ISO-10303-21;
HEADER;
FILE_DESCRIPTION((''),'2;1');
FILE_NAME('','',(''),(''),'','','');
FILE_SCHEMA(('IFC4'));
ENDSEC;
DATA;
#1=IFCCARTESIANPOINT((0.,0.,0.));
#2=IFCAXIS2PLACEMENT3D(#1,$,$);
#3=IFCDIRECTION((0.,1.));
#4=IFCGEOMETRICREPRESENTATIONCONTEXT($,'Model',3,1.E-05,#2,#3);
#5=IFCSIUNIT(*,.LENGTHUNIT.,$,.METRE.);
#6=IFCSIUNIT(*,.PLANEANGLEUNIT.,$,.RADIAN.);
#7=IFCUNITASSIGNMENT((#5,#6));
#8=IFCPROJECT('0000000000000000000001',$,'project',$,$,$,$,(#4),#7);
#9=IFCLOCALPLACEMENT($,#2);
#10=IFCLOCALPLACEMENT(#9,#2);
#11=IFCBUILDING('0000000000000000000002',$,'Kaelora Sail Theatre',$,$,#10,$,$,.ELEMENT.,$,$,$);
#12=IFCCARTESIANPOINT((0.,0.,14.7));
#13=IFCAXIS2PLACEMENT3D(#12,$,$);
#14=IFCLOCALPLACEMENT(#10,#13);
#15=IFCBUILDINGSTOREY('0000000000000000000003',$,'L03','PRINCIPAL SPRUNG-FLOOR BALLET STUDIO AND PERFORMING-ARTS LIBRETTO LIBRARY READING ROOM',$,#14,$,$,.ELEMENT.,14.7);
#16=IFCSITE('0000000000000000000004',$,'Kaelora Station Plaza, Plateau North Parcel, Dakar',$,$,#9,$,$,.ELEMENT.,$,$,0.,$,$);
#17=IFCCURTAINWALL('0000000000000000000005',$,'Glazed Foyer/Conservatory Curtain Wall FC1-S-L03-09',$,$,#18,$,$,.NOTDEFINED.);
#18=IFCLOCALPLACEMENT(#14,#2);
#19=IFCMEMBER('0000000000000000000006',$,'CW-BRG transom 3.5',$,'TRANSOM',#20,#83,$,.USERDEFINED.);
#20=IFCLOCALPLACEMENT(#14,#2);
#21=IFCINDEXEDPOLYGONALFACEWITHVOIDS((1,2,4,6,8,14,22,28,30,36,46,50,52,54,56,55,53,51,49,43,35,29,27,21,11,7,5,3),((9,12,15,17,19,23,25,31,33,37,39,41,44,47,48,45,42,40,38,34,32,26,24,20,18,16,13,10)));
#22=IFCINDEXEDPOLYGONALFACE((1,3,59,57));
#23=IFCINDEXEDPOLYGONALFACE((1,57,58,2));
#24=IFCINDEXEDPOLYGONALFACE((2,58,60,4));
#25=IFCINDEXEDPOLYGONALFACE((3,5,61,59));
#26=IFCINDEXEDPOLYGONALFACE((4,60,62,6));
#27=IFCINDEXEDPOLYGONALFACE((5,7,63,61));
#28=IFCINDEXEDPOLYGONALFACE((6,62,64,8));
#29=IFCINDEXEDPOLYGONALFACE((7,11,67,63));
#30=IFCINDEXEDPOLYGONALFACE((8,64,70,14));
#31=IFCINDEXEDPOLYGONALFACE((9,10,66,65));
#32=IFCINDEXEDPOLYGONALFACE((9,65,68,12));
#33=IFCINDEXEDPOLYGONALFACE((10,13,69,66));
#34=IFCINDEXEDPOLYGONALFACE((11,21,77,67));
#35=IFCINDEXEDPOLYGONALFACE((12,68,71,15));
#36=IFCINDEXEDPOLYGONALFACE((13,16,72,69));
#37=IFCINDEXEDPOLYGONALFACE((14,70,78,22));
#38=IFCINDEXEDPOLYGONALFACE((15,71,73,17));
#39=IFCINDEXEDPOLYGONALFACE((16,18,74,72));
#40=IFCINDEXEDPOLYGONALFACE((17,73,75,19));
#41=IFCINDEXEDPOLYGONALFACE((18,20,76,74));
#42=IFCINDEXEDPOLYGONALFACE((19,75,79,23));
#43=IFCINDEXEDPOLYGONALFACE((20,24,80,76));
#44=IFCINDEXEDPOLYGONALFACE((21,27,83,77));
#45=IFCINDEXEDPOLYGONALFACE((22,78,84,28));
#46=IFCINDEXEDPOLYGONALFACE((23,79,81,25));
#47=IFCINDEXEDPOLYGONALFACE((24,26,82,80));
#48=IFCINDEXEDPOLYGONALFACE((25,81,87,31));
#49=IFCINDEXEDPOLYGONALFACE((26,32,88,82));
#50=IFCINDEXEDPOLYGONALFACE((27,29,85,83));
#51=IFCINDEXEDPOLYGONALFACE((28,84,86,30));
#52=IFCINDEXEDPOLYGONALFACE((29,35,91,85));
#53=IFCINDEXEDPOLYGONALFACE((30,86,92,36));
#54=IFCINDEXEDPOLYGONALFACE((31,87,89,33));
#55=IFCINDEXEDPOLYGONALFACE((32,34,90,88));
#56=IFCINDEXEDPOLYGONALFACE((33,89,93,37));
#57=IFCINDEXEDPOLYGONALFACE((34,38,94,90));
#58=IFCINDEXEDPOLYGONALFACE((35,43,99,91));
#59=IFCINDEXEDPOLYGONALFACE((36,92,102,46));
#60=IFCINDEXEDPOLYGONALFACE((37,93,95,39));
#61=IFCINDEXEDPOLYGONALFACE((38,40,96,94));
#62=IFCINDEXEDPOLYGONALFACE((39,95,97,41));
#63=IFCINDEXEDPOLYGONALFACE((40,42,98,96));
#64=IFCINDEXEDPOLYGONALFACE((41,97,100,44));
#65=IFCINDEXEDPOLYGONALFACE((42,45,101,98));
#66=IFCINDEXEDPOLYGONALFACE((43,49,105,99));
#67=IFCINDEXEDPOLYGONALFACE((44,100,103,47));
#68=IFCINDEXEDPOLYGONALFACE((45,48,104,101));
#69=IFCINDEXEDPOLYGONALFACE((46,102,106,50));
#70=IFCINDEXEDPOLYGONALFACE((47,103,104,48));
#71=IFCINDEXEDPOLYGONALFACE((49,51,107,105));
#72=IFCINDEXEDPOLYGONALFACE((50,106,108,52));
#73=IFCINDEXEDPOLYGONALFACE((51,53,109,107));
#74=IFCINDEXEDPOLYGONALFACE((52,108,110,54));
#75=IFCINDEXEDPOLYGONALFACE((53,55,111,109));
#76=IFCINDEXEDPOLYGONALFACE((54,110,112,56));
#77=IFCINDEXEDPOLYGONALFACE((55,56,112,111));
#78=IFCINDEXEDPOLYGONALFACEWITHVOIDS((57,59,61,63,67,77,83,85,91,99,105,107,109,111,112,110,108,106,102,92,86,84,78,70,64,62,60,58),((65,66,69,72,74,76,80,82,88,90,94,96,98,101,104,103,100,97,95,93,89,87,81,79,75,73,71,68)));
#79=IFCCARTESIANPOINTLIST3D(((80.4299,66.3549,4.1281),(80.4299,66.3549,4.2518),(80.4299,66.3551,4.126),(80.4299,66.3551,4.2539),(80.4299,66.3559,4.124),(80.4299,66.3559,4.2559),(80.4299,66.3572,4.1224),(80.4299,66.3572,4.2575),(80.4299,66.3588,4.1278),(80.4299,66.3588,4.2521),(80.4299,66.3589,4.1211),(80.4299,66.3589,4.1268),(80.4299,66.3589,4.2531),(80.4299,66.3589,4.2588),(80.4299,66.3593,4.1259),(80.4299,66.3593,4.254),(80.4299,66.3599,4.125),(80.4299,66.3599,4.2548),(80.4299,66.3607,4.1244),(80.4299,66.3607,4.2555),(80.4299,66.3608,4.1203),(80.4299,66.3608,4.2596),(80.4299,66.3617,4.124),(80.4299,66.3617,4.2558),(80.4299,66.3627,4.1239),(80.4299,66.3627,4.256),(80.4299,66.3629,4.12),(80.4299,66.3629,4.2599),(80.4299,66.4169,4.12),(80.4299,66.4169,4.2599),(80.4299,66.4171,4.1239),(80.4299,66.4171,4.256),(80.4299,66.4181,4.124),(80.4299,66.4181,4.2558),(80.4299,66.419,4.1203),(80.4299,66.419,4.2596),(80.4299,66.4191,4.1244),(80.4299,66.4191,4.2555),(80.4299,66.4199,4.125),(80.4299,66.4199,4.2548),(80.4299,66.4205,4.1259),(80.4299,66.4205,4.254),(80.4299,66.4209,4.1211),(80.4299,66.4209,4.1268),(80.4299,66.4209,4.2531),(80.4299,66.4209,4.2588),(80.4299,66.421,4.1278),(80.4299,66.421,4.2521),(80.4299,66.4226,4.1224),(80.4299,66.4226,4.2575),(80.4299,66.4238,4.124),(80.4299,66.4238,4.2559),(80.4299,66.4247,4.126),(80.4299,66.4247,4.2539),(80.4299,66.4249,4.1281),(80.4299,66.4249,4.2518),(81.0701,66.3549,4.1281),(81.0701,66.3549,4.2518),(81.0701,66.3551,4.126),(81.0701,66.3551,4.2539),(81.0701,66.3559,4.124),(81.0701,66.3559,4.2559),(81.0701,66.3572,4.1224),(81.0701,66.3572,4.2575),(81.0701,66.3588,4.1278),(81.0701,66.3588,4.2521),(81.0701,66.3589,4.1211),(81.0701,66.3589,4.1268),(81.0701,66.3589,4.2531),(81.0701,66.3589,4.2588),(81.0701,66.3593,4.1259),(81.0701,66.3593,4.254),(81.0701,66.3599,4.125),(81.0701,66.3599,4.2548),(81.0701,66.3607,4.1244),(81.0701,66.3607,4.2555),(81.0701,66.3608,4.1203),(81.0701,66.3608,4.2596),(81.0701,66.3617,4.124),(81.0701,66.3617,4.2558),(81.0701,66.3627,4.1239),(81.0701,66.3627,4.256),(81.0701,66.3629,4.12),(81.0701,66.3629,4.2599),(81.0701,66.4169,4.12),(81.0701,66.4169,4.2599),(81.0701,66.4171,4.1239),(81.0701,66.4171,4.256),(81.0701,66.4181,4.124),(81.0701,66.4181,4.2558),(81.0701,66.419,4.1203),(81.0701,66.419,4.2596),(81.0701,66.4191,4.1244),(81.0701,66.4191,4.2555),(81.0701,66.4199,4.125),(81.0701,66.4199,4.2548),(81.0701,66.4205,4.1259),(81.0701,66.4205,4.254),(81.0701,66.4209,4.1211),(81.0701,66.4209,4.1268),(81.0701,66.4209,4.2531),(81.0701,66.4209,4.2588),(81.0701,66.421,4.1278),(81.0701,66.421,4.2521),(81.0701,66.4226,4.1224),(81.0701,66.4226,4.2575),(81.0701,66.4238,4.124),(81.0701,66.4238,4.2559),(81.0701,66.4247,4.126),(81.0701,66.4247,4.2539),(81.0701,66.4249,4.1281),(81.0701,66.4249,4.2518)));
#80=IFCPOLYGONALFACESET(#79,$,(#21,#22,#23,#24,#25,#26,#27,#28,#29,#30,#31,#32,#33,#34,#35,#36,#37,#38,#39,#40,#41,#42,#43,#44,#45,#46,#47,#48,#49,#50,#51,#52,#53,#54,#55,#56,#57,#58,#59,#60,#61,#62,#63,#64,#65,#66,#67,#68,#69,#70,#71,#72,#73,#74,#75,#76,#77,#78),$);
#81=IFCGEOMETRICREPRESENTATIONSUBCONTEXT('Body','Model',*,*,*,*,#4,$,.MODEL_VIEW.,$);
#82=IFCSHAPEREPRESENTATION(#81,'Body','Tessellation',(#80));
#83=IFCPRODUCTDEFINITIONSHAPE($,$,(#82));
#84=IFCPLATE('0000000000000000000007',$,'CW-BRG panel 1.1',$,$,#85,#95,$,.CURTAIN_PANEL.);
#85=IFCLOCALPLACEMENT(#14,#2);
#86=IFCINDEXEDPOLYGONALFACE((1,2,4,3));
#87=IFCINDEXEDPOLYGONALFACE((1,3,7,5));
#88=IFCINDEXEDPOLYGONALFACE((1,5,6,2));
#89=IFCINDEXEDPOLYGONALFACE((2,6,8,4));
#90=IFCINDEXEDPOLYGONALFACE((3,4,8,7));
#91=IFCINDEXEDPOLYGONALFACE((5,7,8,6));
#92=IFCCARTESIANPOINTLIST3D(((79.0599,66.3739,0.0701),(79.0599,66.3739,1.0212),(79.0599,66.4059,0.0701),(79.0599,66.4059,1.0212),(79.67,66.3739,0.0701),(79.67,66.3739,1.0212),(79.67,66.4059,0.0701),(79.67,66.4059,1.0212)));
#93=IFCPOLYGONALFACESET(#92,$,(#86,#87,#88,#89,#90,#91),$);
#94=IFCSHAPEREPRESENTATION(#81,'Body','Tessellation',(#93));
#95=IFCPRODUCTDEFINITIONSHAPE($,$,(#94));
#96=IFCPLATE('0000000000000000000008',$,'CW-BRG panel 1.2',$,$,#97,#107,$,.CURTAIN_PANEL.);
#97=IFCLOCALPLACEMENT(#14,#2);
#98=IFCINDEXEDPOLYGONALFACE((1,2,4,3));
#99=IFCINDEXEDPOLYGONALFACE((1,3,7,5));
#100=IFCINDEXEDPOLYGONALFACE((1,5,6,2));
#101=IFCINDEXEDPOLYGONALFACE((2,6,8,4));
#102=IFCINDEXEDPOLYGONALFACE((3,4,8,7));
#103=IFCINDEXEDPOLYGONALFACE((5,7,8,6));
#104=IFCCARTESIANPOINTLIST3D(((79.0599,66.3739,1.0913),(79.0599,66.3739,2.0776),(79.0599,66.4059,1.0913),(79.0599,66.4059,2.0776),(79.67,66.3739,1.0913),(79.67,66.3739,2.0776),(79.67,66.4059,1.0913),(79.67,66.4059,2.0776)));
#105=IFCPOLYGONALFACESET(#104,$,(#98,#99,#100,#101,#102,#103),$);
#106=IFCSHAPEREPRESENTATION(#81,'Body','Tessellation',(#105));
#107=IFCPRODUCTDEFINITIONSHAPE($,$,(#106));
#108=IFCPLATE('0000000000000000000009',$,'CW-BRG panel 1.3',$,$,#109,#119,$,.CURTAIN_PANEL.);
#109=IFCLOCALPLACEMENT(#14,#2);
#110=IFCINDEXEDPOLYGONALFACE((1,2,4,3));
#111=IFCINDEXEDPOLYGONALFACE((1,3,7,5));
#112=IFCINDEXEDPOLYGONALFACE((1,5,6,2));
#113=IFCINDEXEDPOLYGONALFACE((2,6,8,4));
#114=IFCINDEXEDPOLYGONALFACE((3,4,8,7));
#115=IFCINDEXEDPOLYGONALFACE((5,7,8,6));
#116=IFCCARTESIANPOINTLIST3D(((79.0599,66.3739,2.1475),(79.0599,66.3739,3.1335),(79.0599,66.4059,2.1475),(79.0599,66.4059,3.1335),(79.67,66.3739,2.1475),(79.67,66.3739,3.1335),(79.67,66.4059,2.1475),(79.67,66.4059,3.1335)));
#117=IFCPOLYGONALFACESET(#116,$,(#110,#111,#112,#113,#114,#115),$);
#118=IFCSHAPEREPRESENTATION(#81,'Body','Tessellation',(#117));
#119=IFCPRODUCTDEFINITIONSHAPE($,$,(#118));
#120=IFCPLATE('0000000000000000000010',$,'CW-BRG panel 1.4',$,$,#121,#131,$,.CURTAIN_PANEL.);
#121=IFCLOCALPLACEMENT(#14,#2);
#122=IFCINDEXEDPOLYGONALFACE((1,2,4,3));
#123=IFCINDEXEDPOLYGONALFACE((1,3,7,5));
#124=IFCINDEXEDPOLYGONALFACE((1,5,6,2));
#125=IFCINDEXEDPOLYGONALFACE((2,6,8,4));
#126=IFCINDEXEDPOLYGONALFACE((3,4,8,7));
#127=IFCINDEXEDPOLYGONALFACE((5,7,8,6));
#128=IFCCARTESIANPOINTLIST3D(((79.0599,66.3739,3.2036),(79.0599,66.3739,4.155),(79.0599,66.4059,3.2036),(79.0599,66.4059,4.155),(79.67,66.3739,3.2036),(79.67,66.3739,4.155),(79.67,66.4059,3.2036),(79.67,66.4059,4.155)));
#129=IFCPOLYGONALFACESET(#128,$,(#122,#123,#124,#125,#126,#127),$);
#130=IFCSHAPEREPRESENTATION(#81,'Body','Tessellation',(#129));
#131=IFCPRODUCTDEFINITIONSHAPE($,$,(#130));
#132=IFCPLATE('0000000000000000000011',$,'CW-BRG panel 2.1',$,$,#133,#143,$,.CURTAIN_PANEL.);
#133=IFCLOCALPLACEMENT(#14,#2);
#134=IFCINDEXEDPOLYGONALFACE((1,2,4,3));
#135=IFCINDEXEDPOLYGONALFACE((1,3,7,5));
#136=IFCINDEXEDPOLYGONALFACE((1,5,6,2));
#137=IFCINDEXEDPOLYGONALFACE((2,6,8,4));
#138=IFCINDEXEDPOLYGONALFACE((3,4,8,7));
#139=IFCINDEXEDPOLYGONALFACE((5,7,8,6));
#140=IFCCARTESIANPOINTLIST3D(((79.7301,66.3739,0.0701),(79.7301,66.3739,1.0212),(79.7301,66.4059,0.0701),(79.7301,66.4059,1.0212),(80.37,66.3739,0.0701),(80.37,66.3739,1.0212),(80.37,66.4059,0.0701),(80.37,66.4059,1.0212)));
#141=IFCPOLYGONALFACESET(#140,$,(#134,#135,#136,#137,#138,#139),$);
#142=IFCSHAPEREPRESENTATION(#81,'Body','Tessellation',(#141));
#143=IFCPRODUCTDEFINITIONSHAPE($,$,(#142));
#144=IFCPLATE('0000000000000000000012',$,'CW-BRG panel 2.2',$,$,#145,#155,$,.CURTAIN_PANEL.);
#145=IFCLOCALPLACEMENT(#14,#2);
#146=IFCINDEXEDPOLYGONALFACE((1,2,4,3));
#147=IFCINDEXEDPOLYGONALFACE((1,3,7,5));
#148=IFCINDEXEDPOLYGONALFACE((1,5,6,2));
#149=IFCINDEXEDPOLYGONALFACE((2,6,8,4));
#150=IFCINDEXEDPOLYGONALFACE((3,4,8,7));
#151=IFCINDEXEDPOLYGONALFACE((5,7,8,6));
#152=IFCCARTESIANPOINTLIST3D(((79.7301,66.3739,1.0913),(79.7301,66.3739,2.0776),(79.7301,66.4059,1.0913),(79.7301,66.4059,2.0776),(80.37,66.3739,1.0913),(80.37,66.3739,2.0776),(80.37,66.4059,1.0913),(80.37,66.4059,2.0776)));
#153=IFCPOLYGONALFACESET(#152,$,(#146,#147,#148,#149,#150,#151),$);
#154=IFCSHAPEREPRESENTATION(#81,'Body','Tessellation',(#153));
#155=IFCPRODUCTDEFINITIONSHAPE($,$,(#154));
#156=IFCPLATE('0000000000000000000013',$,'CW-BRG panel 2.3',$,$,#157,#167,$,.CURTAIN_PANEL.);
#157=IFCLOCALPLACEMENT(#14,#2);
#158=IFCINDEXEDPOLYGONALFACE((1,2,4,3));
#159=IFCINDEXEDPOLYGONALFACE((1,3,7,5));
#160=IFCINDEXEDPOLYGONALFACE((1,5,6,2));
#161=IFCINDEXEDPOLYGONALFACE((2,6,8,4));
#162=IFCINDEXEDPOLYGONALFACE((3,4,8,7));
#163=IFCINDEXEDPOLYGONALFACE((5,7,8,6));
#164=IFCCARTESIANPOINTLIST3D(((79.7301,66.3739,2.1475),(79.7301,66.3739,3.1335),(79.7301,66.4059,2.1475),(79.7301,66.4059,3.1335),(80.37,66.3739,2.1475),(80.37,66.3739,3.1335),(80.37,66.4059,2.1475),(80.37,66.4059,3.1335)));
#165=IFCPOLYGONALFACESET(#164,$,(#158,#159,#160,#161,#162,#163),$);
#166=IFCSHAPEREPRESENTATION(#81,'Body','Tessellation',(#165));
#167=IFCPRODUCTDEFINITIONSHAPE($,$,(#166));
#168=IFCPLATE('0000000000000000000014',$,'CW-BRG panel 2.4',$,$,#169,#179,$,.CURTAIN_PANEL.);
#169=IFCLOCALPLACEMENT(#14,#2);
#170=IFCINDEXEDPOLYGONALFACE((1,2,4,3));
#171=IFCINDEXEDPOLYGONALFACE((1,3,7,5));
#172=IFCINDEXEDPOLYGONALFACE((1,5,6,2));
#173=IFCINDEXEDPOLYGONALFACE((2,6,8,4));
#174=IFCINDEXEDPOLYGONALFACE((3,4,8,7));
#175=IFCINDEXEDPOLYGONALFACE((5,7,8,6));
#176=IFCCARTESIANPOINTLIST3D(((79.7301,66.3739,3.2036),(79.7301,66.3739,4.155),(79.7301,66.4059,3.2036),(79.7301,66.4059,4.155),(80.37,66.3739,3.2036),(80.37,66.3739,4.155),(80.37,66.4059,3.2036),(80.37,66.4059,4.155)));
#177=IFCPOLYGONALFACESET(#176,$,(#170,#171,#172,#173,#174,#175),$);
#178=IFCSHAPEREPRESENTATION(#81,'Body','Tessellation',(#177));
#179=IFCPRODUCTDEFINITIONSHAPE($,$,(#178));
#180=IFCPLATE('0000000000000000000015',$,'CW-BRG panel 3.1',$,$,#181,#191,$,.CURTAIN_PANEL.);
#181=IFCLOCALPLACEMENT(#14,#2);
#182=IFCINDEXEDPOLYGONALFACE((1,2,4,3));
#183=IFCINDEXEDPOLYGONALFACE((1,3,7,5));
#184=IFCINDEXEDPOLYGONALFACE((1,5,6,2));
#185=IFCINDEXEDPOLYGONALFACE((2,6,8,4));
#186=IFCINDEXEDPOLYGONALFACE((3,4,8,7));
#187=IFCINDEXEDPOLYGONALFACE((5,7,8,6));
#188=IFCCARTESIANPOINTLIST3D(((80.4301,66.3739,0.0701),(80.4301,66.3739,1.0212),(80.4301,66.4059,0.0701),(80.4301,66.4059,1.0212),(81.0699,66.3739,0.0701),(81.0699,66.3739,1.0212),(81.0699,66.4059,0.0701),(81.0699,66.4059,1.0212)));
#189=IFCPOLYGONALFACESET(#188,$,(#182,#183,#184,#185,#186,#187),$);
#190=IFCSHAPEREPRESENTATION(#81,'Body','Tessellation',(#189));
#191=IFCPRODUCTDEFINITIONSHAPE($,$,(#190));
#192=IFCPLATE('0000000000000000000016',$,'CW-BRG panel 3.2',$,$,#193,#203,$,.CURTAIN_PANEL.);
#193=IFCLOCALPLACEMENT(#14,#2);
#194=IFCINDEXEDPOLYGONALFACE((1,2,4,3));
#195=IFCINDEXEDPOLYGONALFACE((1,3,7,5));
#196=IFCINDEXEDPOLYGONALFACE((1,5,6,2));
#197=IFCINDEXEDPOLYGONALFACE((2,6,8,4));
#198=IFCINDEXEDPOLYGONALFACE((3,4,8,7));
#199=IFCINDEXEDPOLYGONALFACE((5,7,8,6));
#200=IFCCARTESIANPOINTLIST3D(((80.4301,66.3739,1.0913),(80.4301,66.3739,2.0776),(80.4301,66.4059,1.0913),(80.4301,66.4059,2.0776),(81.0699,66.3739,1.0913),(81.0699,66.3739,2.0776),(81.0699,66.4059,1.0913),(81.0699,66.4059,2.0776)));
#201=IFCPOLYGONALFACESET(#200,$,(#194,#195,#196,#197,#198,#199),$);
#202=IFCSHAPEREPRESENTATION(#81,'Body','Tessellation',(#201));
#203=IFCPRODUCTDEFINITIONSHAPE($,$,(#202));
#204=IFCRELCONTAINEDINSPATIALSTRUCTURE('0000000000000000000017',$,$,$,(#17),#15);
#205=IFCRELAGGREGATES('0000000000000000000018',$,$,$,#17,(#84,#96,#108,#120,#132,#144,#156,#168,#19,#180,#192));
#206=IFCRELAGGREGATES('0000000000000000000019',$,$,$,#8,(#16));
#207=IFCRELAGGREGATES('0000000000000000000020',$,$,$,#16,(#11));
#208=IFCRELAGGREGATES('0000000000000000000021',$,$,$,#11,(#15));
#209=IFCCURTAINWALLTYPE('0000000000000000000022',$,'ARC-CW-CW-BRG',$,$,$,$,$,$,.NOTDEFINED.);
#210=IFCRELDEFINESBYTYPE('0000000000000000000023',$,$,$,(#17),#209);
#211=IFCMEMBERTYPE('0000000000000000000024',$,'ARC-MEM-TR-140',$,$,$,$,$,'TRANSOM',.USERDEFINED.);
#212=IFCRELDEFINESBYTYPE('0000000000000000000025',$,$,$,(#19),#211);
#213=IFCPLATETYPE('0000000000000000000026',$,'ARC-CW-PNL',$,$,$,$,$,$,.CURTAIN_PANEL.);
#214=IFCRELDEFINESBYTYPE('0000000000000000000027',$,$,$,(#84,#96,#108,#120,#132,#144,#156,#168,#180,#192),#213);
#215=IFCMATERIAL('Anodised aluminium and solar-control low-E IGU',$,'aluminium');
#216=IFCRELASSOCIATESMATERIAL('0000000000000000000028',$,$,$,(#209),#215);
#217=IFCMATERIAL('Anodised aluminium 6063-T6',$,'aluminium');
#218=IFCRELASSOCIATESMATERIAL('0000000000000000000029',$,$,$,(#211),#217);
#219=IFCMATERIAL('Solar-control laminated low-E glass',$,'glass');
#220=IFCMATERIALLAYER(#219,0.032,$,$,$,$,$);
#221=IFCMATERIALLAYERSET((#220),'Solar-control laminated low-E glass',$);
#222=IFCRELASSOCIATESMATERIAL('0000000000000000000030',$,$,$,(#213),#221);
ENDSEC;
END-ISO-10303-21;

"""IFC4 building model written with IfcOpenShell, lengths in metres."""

from ifc_helpers import new_model, si_unit, direction, frame, origin, origin_2d, place, context, subcontext, project, spatial, rectangle, hollow_rectangle, extrude, material, layer, layer_set, material_profile, profile_set, type_object, element, aggregate, save


model = new_model("IFC4")

# Units and contexts
model_context = context("Model", 3, precision=1e-05, world=origin(), true_north=direction((0.0, 1.0)))
body_context = subcontext(model_context, "Body", "Model", "MODEL_VIEW")
ifc_project = project(units=[si_unit("LENGTHUNIT", "METRE"), si_unit("PLANEANGLEUNIT", "RADIAN")], contexts=[model_context])

# Site, building, storey
site_placement = place(None, origin())
site = spatial("IfcSite", under=ifc_project, at=site_placement, Name="Kaelora Station Plaza, Plateau North Parcel, Dakar", CompositionType="ELEMENT", RefElevation=0.0)
building_placement = place(site_placement, origin())
building = spatial("IfcBuilding", under=site, at=building_placement, Name="Kaelora Sail Theatre", CompositionType="ELEMENT")
storey_placement = place(building_placement, frame((0.0, 0.0, 14.7)))
storey = spatial("IfcBuildingStorey", under=building, at=storey_placement, Name="L03", Description="PRINCIPAL SPRUNG-FLOOR BALLET STUDIO AND PERFORMING-ARTS LIBRETTO LIBRARY READING ROOM", CompositionType="ELEMENT", Elevation=14.7)

# Curtain wall, member, plates
ifc_material_1 = material(Name="Anodised aluminium and solar-control low-E IGU", Category="aluminium")
curtain_wall_type = type_object("IfcCurtainWallType", Name="ARC-CW-CW-BRG", PredefinedType="NOTDEFINED", material=ifc_material_1)
curtain_wall_placement = place(storey_placement, origin())
curtain_wall = element("IfcCurtainWall", 1, at=curtain_wall_placement, inside=storey, type_object=curtain_wall_type, Name="Glazed Foyer/Conservatory Curtain Wall FC1-S-L03-09", PredefinedType="NOTDEFINED")
ifc_material_2 = material(Name="Anodised aluminium 6063-T6", Category="aluminium")
ifc_material_profile_1 = material_profile(ifc_material_2, hollow_rectangle(XDim=0.0701, YDim=0.1399, WallThickness=0.0039, InnerFilletRadius=0.0039, OuterFilletRadius=0.0081, at=origin_2d()), Name="ALU-TRAN 70x140x4")
ifc_profile_set_1 = profile_set([ifc_material_profile_1], Name="Anodised aluminium 6063-T6")
member_type_1 = type_object("IfcMemberType", Name="ARC-MEM-TR-140", ElementType="TRANSOM", PredefinedType="USERDEFINED", material=ifc_profile_set_1)
member_1_placement = place(storey_placement, frame((80.4299, 66.3899, 4.1899), z_axis=(1.0, 0.0, 0.0), x_axis=(0.0, 1.0, 0.0)))
member_1 = element("IfcMember", 2, at=member_1_placement, type_object=member_type_1, Name="CW-BRG transom 3.5", ObjectType="TRANSOM", PredefinedType="USERDEFINED", context=body_context, shape_type="SweptSolid", body=[
    extrude(hollow_rectangle(XDim=0.0701, YDim=0.1399, WallThickness=0.0039, InnerFilletRadius=0.0039, OuterFilletRadius=0.0081, at=origin_2d()), origin(), (0.0, 0.0, 1.0), 0.6401),
])
ifc_material_3 = material(Name="Solar-control laminated low-E glass", Category="glass")
ifc_layer = layer(ifc_material_3, 0.032)
ifc_layer_set = layer_set([ifc_layer], Name="Solar-control laminated low-E glass")
plate_type = type_object("IfcPlateType", Name="ARC-CW-PNL", PredefinedType="CURTAIN_PANEL", material=ifc_layer_set)
plate_1_placement = place(storey_placement, frame((79.365, 66.3899, 0.0701), z_axis=(0.0, 0.0, 1.0), x_axis=(1.0, 0.0, 0.0)))
plate_1 = element("IfcPlate", 3, at=plate_1_placement, type_object=plate_type, Name="CW-BRG panel 1.1", PredefinedType="CURTAIN_PANEL", context=body_context, shape_type="SweptSolid", body=[
    extrude(rectangle(XDim=0.6101, YDim=0.032, at=origin_2d()), origin(), (0.0, 0.0, 1.0), 0.9512),
])
plate_2_placement = place(storey_placement, frame((79.365, 66.3899, 1.0913), z_axis=(0.0, 0.0, 1.0), x_axis=(1.0, 0.0, 0.0)))
plate_2 = element("IfcPlate", 4, at=plate_2_placement, type_object=plate_type, Name="CW-BRG panel 1.2", PredefinedType="CURTAIN_PANEL", context=body_context, shape_type="SweptSolid", body=[
    extrude(rectangle(XDim=0.6101, YDim=0.032, at=origin_2d()), origin(), (0.0, 0.0, 1.0), 0.9863),
])
plate_3_placement = place(storey_placement, frame((79.365, 66.3899, 2.1475), z_axis=(0.0, 0.0, 1.0), x_axis=(1.0, 0.0, 0.0)))
plate_3 = element("IfcPlate", 5, at=plate_3_placement, type_object=plate_type, Name="CW-BRG panel 1.3", PredefinedType="CURTAIN_PANEL", context=body_context, shape_type="SweptSolid", body=[
    extrude(rectangle(XDim=0.6101, YDim=0.032, at=origin_2d()), origin(), (0.0, 0.0, 1.0), 0.9861),
])
plate_4_placement = place(storey_placement, frame((79.365, 66.3899, 3.2036), z_axis=(0.0, 0.0, 1.0), x_axis=(1.0, 0.0, 0.0)))
plate_4 = element("IfcPlate", 6, at=plate_4_placement, type_object=plate_type, Name="CW-BRG panel 1.4", PredefinedType="CURTAIN_PANEL", context=body_context, shape_type="SweptSolid", body=[
    extrude(rectangle(XDim=0.6101, YDim=0.032, at=origin_2d()), origin(), (0.0, 0.0, 1.0), 0.9514),
])
plate_5_placement = place(storey_placement, frame((80.05, 66.3899, 0.0701), z_axis=(0.0, 0.0, 1.0), x_axis=(1.0, 0.0, 0.0)))
plate_5 = element("IfcPlate", 7, at=plate_5_placement, type_object=plate_type, Name="CW-BRG panel 2.1", PredefinedType="CURTAIN_PANEL", context=body_context, shape_type="SweptSolid", body=[
    extrude(rectangle(XDim=0.6399, YDim=0.032, at=origin_2d()), origin(), (0.0, 0.0, 1.0), 0.9512),
])
plate_6_placement = place(storey_placement, frame((80.05, 66.3899, 1.0913), z_axis=(0.0, 0.0, 1.0), x_axis=(1.0, 0.0, 0.0)))
plate_6 = element("IfcPlate", 8, at=plate_6_placement, type_object=plate_type, Name="CW-BRG panel 2.2", PredefinedType="CURTAIN_PANEL", context=body_context, shape_type="SweptSolid", body=[
    extrude(rectangle(XDim=0.6399, YDim=0.032, at=origin_2d()), origin(), (0.0, 0.0, 1.0), 0.9863),
])
plate_7_placement = place(storey_placement, frame((80.05, 66.3899, 2.1475), z_axis=(0.0, 0.0, 1.0), x_axis=(1.0, 0.0, 0.0)))
plate_7 = element("IfcPlate", 9, at=plate_7_placement, type_object=plate_type, Name="CW-BRG panel 2.3", PredefinedType="CURTAIN_PANEL", context=body_context, shape_type="SweptSolid", body=[
    extrude(rectangle(XDim=0.6399, YDim=0.032, at=origin_2d()), origin(), (0.0, 0.0, 1.0), 0.9861),
])
plate_8_placement = place(storey_placement, frame((80.05, 66.3899, 3.2036), z_axis=(0.0, 0.0, 1.0), x_axis=(1.0, 0.0, 0.0)))
plate_8 = element("IfcPlate", 10, at=plate_8_placement, type_object=plate_type, Name="CW-BRG panel 2.4", PredefinedType="CURTAIN_PANEL", context=body_context, shape_type="SweptSolid", body=[
    extrude(rectangle(XDim=0.6399, YDim=0.032, at=origin_2d()), origin(), (0.0, 0.0, 1.0), 0.9514),
])
plate_9_placement = place(storey_placement, frame((80.75, 66.3899, 0.0701), z_axis=(0.0, 0.0, 1.0), x_axis=(1.0, 0.0, 0.0)))
plate_9 = element("IfcPlate", 11, at=plate_9_placement, type_object=plate_type, Name="CW-BRG panel 3.1", PredefinedType="CURTAIN_PANEL", context=body_context, shape_type="SweptSolid", body=[
    extrude(rectangle(XDim=0.6399, YDim=0.032, at=origin_2d()), origin(), (0.0, 0.0, 1.0), 0.9512),
])
plate_10_placement = place(storey_placement, frame((80.75, 66.3899, 1.0913), z_axis=(0.0, 0.0, 1.0), x_axis=(1.0, 0.0, 0.0)))
plate_10 = element("IfcPlate", 12, at=plate_10_placement, type_object=plate_type, Name="CW-BRG panel 3.2", PredefinedType="CURTAIN_PANEL", context=body_context, shape_type="SweptSolid", body=[
    extrude(rectangle(XDim=0.6399, YDim=0.032, at=origin_2d()), origin(), (0.0, 0.0, 1.0), 0.9863),
])
aggregate(curtain_wall, [plate_1, plate_2, plate_3, plate_4, plate_5, plate_6, plate_7, plate_8, member_1, plate_9, plate_10])

save(model, "model.ifc")
